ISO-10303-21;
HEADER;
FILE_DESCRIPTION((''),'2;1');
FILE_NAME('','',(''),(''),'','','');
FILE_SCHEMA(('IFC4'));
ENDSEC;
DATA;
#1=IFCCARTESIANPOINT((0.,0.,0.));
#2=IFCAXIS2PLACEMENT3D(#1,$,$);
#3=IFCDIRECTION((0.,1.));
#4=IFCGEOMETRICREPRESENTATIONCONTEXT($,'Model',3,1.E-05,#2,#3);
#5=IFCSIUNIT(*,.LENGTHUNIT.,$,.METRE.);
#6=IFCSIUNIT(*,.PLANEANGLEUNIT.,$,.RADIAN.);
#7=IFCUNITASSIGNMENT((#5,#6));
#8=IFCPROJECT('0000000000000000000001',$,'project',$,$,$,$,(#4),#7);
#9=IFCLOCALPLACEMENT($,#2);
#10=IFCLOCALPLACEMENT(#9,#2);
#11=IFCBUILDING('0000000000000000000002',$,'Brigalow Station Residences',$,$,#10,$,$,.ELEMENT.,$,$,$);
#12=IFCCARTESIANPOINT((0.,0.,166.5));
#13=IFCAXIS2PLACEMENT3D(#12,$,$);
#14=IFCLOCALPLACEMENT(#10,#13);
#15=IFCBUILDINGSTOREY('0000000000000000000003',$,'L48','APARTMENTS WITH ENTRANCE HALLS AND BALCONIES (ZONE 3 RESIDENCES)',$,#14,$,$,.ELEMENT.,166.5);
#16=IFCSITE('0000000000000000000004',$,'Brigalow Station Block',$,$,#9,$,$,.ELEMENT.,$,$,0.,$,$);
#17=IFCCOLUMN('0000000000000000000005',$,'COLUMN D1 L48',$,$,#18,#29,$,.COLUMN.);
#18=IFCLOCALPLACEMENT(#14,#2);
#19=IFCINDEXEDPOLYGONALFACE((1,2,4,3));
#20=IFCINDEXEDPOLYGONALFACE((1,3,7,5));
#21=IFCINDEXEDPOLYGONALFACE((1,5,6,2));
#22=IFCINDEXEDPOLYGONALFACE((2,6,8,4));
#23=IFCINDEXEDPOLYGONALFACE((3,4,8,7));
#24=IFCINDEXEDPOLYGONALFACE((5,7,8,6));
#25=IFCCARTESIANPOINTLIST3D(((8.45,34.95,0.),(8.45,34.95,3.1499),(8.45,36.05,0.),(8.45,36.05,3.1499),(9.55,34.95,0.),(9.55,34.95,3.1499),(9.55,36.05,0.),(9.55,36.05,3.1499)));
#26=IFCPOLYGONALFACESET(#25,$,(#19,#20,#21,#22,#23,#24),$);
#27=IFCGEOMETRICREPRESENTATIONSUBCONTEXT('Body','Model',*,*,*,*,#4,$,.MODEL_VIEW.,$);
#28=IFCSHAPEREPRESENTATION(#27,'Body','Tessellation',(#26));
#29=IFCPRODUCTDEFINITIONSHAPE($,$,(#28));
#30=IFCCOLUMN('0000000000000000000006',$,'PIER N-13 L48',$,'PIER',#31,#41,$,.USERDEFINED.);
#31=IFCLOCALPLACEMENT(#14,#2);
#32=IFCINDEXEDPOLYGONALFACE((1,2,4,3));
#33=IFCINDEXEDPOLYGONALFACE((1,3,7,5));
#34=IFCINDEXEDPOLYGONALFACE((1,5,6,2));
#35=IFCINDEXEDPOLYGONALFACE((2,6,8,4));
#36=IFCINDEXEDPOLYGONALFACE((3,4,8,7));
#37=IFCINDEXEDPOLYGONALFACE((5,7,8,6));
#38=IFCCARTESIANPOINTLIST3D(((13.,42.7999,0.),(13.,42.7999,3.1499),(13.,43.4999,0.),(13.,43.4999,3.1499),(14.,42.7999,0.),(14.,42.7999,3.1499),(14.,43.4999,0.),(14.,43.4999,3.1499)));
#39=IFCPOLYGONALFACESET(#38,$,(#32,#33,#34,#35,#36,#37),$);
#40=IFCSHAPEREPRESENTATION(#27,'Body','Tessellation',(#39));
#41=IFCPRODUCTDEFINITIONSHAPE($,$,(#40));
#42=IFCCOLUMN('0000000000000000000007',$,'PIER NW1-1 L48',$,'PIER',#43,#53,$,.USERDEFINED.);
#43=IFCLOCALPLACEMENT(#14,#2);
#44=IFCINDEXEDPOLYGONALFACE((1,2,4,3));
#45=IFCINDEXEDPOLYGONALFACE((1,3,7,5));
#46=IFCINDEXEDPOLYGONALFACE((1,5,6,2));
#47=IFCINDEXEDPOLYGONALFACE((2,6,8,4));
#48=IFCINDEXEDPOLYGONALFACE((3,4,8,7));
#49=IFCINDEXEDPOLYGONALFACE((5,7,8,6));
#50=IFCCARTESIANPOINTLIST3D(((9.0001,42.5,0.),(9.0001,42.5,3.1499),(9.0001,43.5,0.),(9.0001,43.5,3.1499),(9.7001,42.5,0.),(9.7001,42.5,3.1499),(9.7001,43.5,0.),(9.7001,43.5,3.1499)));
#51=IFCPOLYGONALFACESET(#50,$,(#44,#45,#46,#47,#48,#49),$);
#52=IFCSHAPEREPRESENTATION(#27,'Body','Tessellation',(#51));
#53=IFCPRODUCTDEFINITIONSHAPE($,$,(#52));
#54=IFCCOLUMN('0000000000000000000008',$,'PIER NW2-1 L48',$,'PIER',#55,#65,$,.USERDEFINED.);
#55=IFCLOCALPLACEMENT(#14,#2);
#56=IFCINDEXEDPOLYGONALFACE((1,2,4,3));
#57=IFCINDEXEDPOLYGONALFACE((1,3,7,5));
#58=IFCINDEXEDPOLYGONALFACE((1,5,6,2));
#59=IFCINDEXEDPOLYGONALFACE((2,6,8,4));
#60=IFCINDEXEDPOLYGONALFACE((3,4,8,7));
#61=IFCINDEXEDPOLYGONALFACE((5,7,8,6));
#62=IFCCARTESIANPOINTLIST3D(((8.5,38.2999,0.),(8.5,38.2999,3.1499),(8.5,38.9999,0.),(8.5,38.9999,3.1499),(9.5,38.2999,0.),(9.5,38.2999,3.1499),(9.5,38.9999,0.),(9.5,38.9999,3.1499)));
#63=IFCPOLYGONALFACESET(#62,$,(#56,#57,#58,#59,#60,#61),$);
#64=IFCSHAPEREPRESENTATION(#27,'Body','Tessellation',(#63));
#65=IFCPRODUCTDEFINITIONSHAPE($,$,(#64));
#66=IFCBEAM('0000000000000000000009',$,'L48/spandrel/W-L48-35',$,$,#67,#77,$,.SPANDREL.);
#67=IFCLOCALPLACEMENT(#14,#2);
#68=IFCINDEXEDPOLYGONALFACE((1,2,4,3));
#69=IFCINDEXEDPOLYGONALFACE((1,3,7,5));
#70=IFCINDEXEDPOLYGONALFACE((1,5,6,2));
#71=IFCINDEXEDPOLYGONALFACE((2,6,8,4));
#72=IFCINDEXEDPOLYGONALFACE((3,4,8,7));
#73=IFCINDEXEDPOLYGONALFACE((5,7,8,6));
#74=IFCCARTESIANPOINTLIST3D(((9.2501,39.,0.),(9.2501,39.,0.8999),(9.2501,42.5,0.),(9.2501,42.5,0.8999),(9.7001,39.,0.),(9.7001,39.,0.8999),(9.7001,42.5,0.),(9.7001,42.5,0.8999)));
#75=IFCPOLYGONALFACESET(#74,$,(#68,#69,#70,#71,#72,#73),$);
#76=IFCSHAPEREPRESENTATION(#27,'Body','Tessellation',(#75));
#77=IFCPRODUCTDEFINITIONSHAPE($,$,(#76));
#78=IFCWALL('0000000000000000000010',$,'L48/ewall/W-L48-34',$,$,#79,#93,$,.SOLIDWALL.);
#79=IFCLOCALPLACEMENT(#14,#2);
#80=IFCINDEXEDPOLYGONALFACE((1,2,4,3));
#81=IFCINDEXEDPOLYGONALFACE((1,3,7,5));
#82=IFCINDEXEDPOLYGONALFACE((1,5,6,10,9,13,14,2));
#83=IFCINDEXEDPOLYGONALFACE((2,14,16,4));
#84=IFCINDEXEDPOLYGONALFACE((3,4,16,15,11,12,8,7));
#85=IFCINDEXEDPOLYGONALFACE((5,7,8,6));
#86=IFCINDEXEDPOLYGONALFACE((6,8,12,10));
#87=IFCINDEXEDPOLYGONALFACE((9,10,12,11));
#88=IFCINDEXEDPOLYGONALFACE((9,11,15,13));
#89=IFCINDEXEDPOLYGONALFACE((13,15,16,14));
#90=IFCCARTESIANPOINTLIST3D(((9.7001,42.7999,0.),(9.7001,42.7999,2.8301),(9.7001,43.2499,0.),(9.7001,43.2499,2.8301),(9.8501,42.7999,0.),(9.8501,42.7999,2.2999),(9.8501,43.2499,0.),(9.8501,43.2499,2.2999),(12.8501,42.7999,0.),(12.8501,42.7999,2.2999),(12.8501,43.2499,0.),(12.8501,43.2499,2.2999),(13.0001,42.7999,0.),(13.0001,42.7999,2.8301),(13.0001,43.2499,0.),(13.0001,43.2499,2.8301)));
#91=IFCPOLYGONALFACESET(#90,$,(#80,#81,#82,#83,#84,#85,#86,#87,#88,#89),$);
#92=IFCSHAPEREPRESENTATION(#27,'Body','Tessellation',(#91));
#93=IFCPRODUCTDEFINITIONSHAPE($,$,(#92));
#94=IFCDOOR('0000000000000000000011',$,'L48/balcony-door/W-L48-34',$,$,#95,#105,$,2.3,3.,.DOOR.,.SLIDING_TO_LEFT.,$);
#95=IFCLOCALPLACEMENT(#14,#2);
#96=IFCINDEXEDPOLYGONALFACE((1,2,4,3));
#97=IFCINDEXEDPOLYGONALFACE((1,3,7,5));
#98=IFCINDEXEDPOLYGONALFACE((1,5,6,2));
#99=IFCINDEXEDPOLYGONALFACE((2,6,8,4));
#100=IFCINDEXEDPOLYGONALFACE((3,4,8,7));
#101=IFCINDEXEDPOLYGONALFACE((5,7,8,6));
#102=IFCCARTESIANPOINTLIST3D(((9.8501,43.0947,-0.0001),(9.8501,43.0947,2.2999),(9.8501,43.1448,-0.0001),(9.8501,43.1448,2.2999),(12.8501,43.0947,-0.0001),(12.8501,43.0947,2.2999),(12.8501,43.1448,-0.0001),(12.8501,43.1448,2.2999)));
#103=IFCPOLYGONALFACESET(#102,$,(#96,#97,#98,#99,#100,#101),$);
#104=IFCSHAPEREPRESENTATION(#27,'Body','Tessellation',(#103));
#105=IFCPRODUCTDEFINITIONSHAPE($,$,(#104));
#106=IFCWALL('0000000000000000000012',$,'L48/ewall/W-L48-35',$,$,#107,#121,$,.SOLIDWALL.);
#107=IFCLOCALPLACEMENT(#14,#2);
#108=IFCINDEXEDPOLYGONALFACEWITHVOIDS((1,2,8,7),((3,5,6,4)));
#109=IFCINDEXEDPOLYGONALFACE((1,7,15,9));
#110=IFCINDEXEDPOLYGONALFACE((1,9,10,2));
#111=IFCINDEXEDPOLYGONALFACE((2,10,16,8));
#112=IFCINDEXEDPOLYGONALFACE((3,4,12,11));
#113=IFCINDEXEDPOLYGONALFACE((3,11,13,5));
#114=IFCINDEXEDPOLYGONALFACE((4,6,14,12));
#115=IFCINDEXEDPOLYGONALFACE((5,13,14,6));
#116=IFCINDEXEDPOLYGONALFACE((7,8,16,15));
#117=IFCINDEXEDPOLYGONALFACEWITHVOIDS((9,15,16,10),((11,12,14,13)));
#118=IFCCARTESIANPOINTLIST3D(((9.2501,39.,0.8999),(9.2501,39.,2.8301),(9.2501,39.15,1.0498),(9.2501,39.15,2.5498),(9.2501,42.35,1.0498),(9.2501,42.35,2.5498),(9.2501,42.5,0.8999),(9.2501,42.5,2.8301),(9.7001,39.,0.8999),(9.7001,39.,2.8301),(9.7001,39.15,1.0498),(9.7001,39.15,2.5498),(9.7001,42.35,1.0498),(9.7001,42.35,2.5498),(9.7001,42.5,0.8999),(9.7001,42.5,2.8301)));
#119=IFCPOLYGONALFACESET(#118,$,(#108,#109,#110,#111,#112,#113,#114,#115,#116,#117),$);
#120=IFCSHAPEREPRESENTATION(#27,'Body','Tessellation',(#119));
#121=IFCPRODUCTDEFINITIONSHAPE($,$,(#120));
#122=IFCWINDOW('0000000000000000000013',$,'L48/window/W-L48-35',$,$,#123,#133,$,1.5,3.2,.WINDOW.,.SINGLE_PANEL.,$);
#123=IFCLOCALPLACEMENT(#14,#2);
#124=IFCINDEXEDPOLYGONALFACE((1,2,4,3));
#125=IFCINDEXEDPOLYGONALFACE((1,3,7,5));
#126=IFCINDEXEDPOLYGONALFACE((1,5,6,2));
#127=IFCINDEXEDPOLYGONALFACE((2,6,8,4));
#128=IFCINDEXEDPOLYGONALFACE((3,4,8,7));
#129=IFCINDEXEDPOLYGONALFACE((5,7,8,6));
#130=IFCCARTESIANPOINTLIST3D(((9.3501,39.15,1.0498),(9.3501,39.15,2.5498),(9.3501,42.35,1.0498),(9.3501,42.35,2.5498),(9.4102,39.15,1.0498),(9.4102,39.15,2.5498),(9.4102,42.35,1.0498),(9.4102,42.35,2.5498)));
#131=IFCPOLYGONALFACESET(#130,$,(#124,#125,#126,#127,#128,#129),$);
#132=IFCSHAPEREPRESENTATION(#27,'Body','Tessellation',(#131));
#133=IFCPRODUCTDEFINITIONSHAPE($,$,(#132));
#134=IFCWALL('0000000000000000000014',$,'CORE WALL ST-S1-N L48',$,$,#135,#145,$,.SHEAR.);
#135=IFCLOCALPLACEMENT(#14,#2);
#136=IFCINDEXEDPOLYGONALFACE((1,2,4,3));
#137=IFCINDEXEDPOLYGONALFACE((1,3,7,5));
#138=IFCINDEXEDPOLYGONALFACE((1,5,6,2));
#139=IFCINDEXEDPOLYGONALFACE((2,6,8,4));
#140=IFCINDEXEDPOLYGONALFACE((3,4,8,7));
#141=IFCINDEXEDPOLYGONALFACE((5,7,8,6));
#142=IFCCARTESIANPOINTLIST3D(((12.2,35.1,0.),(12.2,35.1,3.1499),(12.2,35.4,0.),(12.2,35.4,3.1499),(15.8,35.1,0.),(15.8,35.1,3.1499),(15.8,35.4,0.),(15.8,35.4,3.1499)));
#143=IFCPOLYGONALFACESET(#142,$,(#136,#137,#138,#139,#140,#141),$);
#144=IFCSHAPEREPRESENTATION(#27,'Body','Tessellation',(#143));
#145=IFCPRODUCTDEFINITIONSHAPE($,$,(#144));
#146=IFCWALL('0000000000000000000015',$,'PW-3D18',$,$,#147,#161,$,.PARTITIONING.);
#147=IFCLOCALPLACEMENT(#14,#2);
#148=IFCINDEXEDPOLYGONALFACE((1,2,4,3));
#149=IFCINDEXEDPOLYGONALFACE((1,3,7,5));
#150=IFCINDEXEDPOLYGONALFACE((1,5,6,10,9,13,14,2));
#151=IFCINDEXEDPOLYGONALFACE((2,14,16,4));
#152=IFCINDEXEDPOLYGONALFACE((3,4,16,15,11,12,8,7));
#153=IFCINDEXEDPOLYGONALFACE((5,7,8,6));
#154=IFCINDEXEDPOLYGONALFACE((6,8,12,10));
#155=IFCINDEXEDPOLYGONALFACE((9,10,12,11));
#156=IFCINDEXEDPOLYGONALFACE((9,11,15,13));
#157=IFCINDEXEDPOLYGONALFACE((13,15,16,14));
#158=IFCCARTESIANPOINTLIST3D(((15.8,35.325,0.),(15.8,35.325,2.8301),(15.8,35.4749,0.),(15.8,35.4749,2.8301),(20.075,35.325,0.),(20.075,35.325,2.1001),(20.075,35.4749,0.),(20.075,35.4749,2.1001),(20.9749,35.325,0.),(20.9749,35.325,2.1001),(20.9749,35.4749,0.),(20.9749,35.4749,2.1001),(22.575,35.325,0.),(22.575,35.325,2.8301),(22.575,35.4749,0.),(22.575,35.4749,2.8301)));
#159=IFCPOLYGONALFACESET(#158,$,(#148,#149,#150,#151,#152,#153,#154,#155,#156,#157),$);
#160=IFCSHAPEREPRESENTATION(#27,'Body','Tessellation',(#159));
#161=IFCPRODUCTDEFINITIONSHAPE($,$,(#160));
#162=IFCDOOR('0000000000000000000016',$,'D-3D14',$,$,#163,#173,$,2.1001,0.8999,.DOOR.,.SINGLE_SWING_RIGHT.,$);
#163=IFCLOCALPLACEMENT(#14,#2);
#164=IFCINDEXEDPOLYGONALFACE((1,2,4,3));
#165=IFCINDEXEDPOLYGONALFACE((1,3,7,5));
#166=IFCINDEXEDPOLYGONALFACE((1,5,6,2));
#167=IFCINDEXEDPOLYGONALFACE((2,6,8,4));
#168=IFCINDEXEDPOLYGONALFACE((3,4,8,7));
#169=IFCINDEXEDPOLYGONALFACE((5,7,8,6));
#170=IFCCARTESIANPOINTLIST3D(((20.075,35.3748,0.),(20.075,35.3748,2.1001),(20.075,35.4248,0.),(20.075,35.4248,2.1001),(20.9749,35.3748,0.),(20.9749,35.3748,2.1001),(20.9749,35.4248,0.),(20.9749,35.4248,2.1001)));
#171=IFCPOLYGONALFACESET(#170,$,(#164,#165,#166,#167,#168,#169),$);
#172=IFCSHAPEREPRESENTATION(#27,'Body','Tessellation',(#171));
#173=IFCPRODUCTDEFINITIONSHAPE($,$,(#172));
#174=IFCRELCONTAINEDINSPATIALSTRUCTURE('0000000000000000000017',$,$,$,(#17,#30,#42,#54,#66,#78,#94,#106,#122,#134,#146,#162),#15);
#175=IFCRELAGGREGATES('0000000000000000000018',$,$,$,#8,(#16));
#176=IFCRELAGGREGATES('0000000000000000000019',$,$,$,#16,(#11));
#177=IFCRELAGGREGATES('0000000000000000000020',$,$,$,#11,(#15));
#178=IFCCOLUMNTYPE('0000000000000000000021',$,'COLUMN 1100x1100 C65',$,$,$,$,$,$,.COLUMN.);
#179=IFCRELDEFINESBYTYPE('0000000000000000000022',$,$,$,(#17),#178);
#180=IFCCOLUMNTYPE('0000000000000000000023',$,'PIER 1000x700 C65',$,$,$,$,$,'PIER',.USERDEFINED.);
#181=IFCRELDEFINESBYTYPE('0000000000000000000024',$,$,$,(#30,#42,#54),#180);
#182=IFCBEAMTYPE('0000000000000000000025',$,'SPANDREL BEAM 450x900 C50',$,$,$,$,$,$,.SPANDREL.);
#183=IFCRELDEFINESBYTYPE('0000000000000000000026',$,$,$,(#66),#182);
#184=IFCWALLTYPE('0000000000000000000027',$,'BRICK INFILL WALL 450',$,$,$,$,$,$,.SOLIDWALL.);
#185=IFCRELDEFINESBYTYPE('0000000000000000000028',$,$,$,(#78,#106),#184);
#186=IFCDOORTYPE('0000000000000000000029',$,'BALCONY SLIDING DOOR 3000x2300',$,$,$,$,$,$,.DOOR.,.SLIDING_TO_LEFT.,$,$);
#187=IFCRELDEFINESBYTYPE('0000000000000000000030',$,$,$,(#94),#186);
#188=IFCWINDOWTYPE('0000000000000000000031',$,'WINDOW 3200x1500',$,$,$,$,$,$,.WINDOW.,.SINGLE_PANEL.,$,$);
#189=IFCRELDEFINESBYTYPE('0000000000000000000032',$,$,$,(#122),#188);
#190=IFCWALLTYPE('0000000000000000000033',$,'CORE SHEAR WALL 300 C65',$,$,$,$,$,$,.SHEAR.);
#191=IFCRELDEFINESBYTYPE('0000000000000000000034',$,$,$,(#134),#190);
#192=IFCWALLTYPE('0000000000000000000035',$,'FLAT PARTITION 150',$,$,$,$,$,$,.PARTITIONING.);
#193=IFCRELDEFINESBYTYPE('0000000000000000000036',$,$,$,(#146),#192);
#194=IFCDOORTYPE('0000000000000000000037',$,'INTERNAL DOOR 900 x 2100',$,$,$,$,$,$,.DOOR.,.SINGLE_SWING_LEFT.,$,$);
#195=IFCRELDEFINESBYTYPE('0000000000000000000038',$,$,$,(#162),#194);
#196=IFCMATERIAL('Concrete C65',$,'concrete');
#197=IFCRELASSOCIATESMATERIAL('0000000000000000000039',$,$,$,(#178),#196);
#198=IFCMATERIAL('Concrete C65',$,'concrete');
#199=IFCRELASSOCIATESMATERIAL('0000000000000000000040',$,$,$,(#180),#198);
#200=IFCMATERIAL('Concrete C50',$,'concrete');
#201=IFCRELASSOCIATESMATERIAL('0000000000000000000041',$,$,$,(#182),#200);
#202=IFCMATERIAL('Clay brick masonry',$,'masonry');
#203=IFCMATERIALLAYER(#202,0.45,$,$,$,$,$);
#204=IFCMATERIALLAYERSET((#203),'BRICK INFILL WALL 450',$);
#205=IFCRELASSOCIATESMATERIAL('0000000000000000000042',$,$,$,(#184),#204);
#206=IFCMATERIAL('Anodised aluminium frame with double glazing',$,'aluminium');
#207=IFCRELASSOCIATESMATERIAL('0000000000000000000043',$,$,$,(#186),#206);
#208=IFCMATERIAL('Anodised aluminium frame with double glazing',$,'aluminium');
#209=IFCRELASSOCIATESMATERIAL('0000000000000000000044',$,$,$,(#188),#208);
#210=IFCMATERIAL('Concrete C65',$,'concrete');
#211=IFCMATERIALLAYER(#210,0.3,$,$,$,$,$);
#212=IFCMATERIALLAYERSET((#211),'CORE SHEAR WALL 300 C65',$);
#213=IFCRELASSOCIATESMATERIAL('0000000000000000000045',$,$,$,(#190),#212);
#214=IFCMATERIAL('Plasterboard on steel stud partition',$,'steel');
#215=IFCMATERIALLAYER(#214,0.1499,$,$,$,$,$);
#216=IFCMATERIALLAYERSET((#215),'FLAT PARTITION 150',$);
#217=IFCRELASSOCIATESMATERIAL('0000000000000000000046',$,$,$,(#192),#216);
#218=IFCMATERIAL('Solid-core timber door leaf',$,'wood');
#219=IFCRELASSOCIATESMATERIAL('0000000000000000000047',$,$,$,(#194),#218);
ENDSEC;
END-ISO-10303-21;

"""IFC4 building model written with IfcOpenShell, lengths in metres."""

from ifc_helpers import new_model, si_unit, direction, frame, frame_2d, origin, origin_2d, place, context, subcontext, project, spatial, rectangle, extrude, material, layer, layer_set, material_profile, profile_set, type_object, element, fill, save


model = new_model("IFC4")

# Units and contexts
model_context = context("Model", 3, precision=1e-05, world=origin(), true_north=direction((0.0, 1.0)))
body_context = subcontext(model_context, "Body", "Model", "MODEL_VIEW")
ifc_project = project(units=[si_unit("LENGTHUNIT", "METRE"), si_unit("PLANEANGLEUNIT", "RADIAN")], contexts=[model_context])

# Site, building, storey
site_placement = place(None, origin())
site = spatial("IfcSite", under=ifc_project, at=site_placement, Name="Brigalow Station Block", CompositionType="ELEMENT", RefElevation=0.0)
building_placement = place(site_placement, origin())
building = spatial("IfcBuilding", under=site, at=building_placement, Name="Brigalow Station Residences", CompositionType="ELEMENT")
storey_placement = place(building_placement, frame((0.0, 0.0, 166.5)))
storey = spatial("IfcBuildingStorey", under=building, at=storey_placement, Name="L48", Description="APARTMENTS WITH ENTRANCE HALLS AND BALCONIES (ZONE 3 RESIDENCES)", CompositionType="ELEMENT", Elevation=166.5)

# Columns
ifc_material_1 = material(Name="Concrete C65", Category="concrete")
ifc_material_profile_1 = material_profile(ifc_material_1, rectangle(XDim=1.1001, YDim=1.1001, at=origin_2d()), Name="RC1100x1100")
ifc_profile_set_1 = profile_set([ifc_material_profile_1], Name="Concrete C65")
column_type_1 = type_object("IfcColumnType", Name="COLUMN 1100x1100 C65", PredefinedType="COLUMN", material=ifc_profile_set_1)
column_placement = place(storey_placement, frame((9.0, 35.5, 0.0), z_axis=(0.0, 0.0, 1.0), x_axis=(1.0, 0.0, 0.0)))
element("IfcColumn", 1, at=column_placement, inside=storey, type_object=column_type_1, Name="COLUMN D1 L48", PredefinedType="COLUMN", context=body_context, shape_type="SweptSolid", body=[
    extrude(rectangle(XDim=1.1001, YDim=1.1001, at=origin_2d()), origin(), (0.0, 0.0, 1.0), 3.1499),
])
ifc_material_2 = material(Name="Concrete C65", Category="concrete")
ifc_material_profile_2 = material_profile(ifc_material_2, rectangle(XDim=1.0, YDim=0.7, at=origin_2d()), Name="RC1000x700")
ifc_profile_set_2 = profile_set([ifc_material_profile_2], Name="Concrete C65")
column_type_2 = type_object("IfcColumnType", Name="PIER 1000x700 C65", ElementType="PIER", PredefinedType="USERDEFINED", material=ifc_profile_set_2)
for number, where, z_axis, x_axis, name in (
    (2, (13.5, 43.1499, 0.0), (0.0, 0.0, 1.0), (-1.0, 0.0, 0.0), "PIER N-13 L48"),
    (3, (9.3501, 43.0, 0.0), (0.0, 0.0, 1.0), (0.0, -1.0, 0.0), "PIER NW1-1 L48"),
    (4, (9.0, 38.6499, 0.0), (0.0, 0.0, 1.0), (-1.0, 0.0, 0.0), "PIER NW2-1 L48"),
):
    element("IfcColumn", number, at=place(storey_placement, frame(where, z_axis=z_axis, x_axis=x_axis)), inside=storey, type_object=column_type_2, Name=name, ObjectType="PIER", PredefinedType="USERDEFINED", context=body_context, shape_type="SweptSolid", body=[
        extrude(rectangle(XDim=1.0, YDim=0.7, at=origin_2d()), origin(), (0.0, 0.0, 1.0), 3.1499),
    ])

# Beam
ifc_material_3 = material(Name="Concrete C50", Category="concrete")
ifc_material_profile_3 = material_profile(ifc_material_3, rectangle(XDim=0.45, YDim=0.8999, at=origin_2d()), Name="RC450x900")
ifc_profile_set_3 = profile_set([ifc_material_profile_3], Name="Concrete C50")
beam_type = type_object("IfcBeamType", Name="SPANDREL BEAM 450x900 C50", PredefinedType="SPANDREL", material=ifc_profile_set_3)
beam_placement = place(storey_placement, frame((9.4751, 42.5, 0.45), z_axis=(0.0, -1.0, 0.0), x_axis=(1.0, 0.0, 0.0)))
element("IfcBeam", 5, at=beam_placement, inside=storey, type_object=beam_type, Name="L48/spandrel/W-L48-35", PredefinedType="SPANDREL", context=body_context, shape_type="SweptSolid", body=[
    extrude(rectangle(XDim=0.45, YDim=0.8999, at=origin_2d()), origin(), (0.0, 0.0, 1.0), 3.5),
])

# Wall, opening, door
ifc_material_4 = material(Name="Clay brick masonry", Category="masonry")
ifc_layer_1 = layer(ifc_material_4, 0.45)
ifc_layer_set_1 = layer_set([ifc_layer_1], Name="BRICK INFILL WALL 450")
wall_type_1 = type_object("IfcWallType", Name="BRICK INFILL WALL 450", PredefinedType="SOLIDWALL", material=ifc_layer_set_1)
wall_1_placement = place(storey_placement, frame((13.0, 43.0249, 0.0), z_axis=(0.0, 0.0, 1.0), x_axis=(-1.0, 0.0, 0.0)))
wall_1 = element("IfcWall", 6, at=wall_1_placement, inside=storey, type_object=wall_type_1, Name="L48/ewall/W-L48-34", PredefinedType="SOLIDWALL", context=body_context, shape_type="SweptSolid", body=[
    extrude(rectangle(XDim=3.3, YDim=0.45, at=frame_2d((1.6499, 0.0))), origin(), (0.0, 0.0, 1.0), 2.8301),
])
opening_1_placement = place(wall_1_placement, frame((0.1499, 0.0, 0.0)))
opening_1 = element("IfcOpeningElement", 7, at=opening_1_placement, cuts=wall_1, PredefinedType="OPENING", context=body_context, shape_type="SweptSolid", body=[
    extrude(rectangle(XDim=3.0, YDim=2.3, at=frame_2d((1.5, 1.1499))), frame((0.0, 0.2349, 0.0), z_axis=(0.0, -1.0, 0.0), x_axis=(1.0, 0.0, 0.0)), (0.0, 0.0, 1.0), 0.47),
])
ifc_material_5 = material(Name="Anodised aluminium frame with double glazing", Category="aluminium")
door_type_1 = type_object("IfcDoorType", Name="BALCONY SLIDING DOOR 3000x2300", OperationType="SLIDING_TO_LEFT", PredefinedType="DOOR", material=ifc_material_5)
door_1_placement = place(opening_1_placement, origin())
door_1 = element("IfcDoor", 8, at=door_1_placement, inside=storey, type_object=door_type_1, Name="L48/balcony-door/W-L48-34", OperationType="SLIDING_TO_LEFT", OverallHeight=2.3, OverallWidth=3.0, PredefinedType="DOOR", context=body_context, shape_type="SweptSolid", body=[
    extrude(rectangle(XDim=3.0, YDim=2.3, at=frame_2d((1.5, 1.1499))), frame((0.0, -0.0698, 0.0), z_axis=(0.0, -1.0, 0.0), x_axis=(1.0, 0.0, 0.0)), (0.0, 0.0, 1.0), 0.05),
])
fill(opening_1, door_1)

# Wall, opening, window
wall_2_placement = place(storey_placement, frame((9.4751, 42.5, 0.8999), z_axis=(0.0, 0.0, 1.0), x_axis=(0.0, -1.0, 0.0)))
wall_2 = element("IfcWall", 9, at=wall_2_placement, inside=storey, type_object=wall_type_1, Name="L48/ewall/W-L48-35", PredefinedType="SOLIDWALL", context=body_context, shape_type="SweptSolid", body=[
    extrude(rectangle(XDim=3.5, YDim=0.45, at=frame_2d((1.75, 0.0))), origin(), (0.0, 0.0, 1.0), 1.9302),
])
opening_2_placement = place(wall_2_placement, frame((0.1499, 0.0, 0.1499)))
opening_2 = element("IfcOpeningElement", 10, at=opening_2_placement, cuts=wall_2, PredefinedType="OPENING", context=body_context, shape_type="SweptSolid", body=[
    extrude(rectangle(XDim=3.2, YDim=1.5, at=frame_2d((1.6001, 0.75))), frame((0.0, 0.2349, 0.0), z_axis=(0.0, -1.0, 0.0), x_axis=(1.0, 0.0, 0.0)), (0.0, 0.0, 1.0), 0.47),
])
ifc_material_6 = material(Name="Anodised aluminium frame with double glazing", Category="aluminium")
window_type = type_object("IfcWindowType", Name="WINDOW 3200x1500", PartitioningType="SINGLE_PANEL", PredefinedType="WINDOW", material=ifc_material_6)
window_placement = place(opening_2_placement, origin())
window = element("IfcWindow", 11, at=window_placement, inside=storey, type_object=window_type, Name="L48/window/W-L48-35", OverallHeight=1.5, OverallWidth=3.2, PartitioningType="SINGLE_PANEL", PredefinedType="WINDOW", context=body_context, shape_type="SweptSolid", body=[
    extrude(rectangle(XDim=3.2, YDim=1.5, at=frame_2d((1.6001, 0.75))), frame((0.0, -0.0649, 0.0), z_axis=(0.0, -1.0, 0.0), x_axis=(1.0, 0.0, 0.0)), (0.0, 0.0, 1.0), 0.0601),
])
fill(opening_2, window)

# Wall
ifc_material_7 = material(Name="Concrete C65", Category="concrete")
ifc_layer_2 = layer(ifc_material_7, 0.3)
ifc_layer_set_2 = layer_set([ifc_layer_2], Name="CORE SHEAR WALL 300 C65")
wall_type_2 = type_object("IfcWallType", Name="CORE SHEAR WALL 300 C65", PredefinedType="SHEAR", material=ifc_layer_set_2)
wall_3_placement = place(storey_placement, frame((12.2, 35.25, 0.0), z_axis=(0.0, 0.0, 1.0), x_axis=(1.0, 0.0, 0.0)))
element("IfcWall", 12, at=wall_3_placement, inside=storey, type_object=wall_type_2, Name="CORE WALL ST-S1-N L48", PredefinedType="SHEAR", context=body_context, shape_type="SweptSolid", body=[
    extrude(rectangle(XDim=3.6001, YDim=0.3, at=frame_2d((1.8, 0.0))), origin(), (0.0, 0.0, 1.0), 3.1499),
])

# Wall, opening, door
ifc_material_8 = material(Name="Plasterboard on steel stud partition", Category="steel")
ifc_layer_3 = layer(ifc_material_8, 0.1499)
ifc_layer_set_3 = layer_set([ifc_layer_3], Name="FLAT PARTITION 150")
wall_type_3 = type_object("IfcWallType", Name="FLAT PARTITION 150", PredefinedType="PARTITIONING", material=ifc_layer_set_3)
wall_4_placement = place(storey_placement, frame((15.8, 35.3999, 0.0), z_axis=(0.0, 0.0, 1.0), x_axis=(1.0, 0.0, 0.0)))
wall_4 = element("IfcWall", 13, at=wall_4_placement, inside=storey, type_object=wall_type_3, Name="PW-3D18", PredefinedType="PARTITIONING", context=body_context, shape_type="SweptSolid", body=[
    extrude(rectangle(XDim=6.7749, YDim=0.1499, at=frame_2d((3.3875, 0.0))), origin(), (0.0, 0.0, 1.0), 2.8301),
])
opening_3_placement = place(wall_4_placement, frame((4.2749, 0.0, 0.0)))
opening_3 = element("IfcOpeningElement", 14, at=opening_3_placement, cuts=wall_4, PredefinedType="OPENING", context=body_context, shape_type="SweptSolid", body=[
    extrude(rectangle(XDim=0.8999, YDim=2.1001, at=frame_2d((0.45, 1.05))), frame((0.0, 0.085, 0.0), z_axis=(0.0, -1.0, 0.0), x_axis=(1.0, 0.0, 0.0)), (0.0, 0.0, 1.0), 0.1699),
])
ifc_material_9 = material(Name="Solid-core timber door leaf", Category="wood")
door_type_2 = type_object("IfcDoorType", Name="INTERNAL DOOR 900 x 2100", OperationType="SINGLE_SWING_LEFT", PredefinedType="DOOR", material=ifc_material_9)
door_2_placement = place(opening_3_placement, origin())
door_2 = element("IfcDoor", 15, at=door_2_placement, inside=storey, type_object=door_type_2, Name="D-3D14", OperationType="SINGLE_SWING_RIGHT", OverallHeight=2.1001, OverallWidth=0.8999, PredefinedType="DOOR", context=body_context, shape_type="SweptSolid", body=[
    extrude(rectangle(XDim=0.8999, YDim=2.1001, at=frame_2d((0.45, 1.05))), frame((0.0, 0.0249, 0.0), z_axis=(0.0, -1.0, 0.0), x_axis=(1.0, 0.0, 0.0)), (0.0, 0.0, 1.0), 0.05),
])
fill(opening_3, door_2)

save(model, "model.ifc")
